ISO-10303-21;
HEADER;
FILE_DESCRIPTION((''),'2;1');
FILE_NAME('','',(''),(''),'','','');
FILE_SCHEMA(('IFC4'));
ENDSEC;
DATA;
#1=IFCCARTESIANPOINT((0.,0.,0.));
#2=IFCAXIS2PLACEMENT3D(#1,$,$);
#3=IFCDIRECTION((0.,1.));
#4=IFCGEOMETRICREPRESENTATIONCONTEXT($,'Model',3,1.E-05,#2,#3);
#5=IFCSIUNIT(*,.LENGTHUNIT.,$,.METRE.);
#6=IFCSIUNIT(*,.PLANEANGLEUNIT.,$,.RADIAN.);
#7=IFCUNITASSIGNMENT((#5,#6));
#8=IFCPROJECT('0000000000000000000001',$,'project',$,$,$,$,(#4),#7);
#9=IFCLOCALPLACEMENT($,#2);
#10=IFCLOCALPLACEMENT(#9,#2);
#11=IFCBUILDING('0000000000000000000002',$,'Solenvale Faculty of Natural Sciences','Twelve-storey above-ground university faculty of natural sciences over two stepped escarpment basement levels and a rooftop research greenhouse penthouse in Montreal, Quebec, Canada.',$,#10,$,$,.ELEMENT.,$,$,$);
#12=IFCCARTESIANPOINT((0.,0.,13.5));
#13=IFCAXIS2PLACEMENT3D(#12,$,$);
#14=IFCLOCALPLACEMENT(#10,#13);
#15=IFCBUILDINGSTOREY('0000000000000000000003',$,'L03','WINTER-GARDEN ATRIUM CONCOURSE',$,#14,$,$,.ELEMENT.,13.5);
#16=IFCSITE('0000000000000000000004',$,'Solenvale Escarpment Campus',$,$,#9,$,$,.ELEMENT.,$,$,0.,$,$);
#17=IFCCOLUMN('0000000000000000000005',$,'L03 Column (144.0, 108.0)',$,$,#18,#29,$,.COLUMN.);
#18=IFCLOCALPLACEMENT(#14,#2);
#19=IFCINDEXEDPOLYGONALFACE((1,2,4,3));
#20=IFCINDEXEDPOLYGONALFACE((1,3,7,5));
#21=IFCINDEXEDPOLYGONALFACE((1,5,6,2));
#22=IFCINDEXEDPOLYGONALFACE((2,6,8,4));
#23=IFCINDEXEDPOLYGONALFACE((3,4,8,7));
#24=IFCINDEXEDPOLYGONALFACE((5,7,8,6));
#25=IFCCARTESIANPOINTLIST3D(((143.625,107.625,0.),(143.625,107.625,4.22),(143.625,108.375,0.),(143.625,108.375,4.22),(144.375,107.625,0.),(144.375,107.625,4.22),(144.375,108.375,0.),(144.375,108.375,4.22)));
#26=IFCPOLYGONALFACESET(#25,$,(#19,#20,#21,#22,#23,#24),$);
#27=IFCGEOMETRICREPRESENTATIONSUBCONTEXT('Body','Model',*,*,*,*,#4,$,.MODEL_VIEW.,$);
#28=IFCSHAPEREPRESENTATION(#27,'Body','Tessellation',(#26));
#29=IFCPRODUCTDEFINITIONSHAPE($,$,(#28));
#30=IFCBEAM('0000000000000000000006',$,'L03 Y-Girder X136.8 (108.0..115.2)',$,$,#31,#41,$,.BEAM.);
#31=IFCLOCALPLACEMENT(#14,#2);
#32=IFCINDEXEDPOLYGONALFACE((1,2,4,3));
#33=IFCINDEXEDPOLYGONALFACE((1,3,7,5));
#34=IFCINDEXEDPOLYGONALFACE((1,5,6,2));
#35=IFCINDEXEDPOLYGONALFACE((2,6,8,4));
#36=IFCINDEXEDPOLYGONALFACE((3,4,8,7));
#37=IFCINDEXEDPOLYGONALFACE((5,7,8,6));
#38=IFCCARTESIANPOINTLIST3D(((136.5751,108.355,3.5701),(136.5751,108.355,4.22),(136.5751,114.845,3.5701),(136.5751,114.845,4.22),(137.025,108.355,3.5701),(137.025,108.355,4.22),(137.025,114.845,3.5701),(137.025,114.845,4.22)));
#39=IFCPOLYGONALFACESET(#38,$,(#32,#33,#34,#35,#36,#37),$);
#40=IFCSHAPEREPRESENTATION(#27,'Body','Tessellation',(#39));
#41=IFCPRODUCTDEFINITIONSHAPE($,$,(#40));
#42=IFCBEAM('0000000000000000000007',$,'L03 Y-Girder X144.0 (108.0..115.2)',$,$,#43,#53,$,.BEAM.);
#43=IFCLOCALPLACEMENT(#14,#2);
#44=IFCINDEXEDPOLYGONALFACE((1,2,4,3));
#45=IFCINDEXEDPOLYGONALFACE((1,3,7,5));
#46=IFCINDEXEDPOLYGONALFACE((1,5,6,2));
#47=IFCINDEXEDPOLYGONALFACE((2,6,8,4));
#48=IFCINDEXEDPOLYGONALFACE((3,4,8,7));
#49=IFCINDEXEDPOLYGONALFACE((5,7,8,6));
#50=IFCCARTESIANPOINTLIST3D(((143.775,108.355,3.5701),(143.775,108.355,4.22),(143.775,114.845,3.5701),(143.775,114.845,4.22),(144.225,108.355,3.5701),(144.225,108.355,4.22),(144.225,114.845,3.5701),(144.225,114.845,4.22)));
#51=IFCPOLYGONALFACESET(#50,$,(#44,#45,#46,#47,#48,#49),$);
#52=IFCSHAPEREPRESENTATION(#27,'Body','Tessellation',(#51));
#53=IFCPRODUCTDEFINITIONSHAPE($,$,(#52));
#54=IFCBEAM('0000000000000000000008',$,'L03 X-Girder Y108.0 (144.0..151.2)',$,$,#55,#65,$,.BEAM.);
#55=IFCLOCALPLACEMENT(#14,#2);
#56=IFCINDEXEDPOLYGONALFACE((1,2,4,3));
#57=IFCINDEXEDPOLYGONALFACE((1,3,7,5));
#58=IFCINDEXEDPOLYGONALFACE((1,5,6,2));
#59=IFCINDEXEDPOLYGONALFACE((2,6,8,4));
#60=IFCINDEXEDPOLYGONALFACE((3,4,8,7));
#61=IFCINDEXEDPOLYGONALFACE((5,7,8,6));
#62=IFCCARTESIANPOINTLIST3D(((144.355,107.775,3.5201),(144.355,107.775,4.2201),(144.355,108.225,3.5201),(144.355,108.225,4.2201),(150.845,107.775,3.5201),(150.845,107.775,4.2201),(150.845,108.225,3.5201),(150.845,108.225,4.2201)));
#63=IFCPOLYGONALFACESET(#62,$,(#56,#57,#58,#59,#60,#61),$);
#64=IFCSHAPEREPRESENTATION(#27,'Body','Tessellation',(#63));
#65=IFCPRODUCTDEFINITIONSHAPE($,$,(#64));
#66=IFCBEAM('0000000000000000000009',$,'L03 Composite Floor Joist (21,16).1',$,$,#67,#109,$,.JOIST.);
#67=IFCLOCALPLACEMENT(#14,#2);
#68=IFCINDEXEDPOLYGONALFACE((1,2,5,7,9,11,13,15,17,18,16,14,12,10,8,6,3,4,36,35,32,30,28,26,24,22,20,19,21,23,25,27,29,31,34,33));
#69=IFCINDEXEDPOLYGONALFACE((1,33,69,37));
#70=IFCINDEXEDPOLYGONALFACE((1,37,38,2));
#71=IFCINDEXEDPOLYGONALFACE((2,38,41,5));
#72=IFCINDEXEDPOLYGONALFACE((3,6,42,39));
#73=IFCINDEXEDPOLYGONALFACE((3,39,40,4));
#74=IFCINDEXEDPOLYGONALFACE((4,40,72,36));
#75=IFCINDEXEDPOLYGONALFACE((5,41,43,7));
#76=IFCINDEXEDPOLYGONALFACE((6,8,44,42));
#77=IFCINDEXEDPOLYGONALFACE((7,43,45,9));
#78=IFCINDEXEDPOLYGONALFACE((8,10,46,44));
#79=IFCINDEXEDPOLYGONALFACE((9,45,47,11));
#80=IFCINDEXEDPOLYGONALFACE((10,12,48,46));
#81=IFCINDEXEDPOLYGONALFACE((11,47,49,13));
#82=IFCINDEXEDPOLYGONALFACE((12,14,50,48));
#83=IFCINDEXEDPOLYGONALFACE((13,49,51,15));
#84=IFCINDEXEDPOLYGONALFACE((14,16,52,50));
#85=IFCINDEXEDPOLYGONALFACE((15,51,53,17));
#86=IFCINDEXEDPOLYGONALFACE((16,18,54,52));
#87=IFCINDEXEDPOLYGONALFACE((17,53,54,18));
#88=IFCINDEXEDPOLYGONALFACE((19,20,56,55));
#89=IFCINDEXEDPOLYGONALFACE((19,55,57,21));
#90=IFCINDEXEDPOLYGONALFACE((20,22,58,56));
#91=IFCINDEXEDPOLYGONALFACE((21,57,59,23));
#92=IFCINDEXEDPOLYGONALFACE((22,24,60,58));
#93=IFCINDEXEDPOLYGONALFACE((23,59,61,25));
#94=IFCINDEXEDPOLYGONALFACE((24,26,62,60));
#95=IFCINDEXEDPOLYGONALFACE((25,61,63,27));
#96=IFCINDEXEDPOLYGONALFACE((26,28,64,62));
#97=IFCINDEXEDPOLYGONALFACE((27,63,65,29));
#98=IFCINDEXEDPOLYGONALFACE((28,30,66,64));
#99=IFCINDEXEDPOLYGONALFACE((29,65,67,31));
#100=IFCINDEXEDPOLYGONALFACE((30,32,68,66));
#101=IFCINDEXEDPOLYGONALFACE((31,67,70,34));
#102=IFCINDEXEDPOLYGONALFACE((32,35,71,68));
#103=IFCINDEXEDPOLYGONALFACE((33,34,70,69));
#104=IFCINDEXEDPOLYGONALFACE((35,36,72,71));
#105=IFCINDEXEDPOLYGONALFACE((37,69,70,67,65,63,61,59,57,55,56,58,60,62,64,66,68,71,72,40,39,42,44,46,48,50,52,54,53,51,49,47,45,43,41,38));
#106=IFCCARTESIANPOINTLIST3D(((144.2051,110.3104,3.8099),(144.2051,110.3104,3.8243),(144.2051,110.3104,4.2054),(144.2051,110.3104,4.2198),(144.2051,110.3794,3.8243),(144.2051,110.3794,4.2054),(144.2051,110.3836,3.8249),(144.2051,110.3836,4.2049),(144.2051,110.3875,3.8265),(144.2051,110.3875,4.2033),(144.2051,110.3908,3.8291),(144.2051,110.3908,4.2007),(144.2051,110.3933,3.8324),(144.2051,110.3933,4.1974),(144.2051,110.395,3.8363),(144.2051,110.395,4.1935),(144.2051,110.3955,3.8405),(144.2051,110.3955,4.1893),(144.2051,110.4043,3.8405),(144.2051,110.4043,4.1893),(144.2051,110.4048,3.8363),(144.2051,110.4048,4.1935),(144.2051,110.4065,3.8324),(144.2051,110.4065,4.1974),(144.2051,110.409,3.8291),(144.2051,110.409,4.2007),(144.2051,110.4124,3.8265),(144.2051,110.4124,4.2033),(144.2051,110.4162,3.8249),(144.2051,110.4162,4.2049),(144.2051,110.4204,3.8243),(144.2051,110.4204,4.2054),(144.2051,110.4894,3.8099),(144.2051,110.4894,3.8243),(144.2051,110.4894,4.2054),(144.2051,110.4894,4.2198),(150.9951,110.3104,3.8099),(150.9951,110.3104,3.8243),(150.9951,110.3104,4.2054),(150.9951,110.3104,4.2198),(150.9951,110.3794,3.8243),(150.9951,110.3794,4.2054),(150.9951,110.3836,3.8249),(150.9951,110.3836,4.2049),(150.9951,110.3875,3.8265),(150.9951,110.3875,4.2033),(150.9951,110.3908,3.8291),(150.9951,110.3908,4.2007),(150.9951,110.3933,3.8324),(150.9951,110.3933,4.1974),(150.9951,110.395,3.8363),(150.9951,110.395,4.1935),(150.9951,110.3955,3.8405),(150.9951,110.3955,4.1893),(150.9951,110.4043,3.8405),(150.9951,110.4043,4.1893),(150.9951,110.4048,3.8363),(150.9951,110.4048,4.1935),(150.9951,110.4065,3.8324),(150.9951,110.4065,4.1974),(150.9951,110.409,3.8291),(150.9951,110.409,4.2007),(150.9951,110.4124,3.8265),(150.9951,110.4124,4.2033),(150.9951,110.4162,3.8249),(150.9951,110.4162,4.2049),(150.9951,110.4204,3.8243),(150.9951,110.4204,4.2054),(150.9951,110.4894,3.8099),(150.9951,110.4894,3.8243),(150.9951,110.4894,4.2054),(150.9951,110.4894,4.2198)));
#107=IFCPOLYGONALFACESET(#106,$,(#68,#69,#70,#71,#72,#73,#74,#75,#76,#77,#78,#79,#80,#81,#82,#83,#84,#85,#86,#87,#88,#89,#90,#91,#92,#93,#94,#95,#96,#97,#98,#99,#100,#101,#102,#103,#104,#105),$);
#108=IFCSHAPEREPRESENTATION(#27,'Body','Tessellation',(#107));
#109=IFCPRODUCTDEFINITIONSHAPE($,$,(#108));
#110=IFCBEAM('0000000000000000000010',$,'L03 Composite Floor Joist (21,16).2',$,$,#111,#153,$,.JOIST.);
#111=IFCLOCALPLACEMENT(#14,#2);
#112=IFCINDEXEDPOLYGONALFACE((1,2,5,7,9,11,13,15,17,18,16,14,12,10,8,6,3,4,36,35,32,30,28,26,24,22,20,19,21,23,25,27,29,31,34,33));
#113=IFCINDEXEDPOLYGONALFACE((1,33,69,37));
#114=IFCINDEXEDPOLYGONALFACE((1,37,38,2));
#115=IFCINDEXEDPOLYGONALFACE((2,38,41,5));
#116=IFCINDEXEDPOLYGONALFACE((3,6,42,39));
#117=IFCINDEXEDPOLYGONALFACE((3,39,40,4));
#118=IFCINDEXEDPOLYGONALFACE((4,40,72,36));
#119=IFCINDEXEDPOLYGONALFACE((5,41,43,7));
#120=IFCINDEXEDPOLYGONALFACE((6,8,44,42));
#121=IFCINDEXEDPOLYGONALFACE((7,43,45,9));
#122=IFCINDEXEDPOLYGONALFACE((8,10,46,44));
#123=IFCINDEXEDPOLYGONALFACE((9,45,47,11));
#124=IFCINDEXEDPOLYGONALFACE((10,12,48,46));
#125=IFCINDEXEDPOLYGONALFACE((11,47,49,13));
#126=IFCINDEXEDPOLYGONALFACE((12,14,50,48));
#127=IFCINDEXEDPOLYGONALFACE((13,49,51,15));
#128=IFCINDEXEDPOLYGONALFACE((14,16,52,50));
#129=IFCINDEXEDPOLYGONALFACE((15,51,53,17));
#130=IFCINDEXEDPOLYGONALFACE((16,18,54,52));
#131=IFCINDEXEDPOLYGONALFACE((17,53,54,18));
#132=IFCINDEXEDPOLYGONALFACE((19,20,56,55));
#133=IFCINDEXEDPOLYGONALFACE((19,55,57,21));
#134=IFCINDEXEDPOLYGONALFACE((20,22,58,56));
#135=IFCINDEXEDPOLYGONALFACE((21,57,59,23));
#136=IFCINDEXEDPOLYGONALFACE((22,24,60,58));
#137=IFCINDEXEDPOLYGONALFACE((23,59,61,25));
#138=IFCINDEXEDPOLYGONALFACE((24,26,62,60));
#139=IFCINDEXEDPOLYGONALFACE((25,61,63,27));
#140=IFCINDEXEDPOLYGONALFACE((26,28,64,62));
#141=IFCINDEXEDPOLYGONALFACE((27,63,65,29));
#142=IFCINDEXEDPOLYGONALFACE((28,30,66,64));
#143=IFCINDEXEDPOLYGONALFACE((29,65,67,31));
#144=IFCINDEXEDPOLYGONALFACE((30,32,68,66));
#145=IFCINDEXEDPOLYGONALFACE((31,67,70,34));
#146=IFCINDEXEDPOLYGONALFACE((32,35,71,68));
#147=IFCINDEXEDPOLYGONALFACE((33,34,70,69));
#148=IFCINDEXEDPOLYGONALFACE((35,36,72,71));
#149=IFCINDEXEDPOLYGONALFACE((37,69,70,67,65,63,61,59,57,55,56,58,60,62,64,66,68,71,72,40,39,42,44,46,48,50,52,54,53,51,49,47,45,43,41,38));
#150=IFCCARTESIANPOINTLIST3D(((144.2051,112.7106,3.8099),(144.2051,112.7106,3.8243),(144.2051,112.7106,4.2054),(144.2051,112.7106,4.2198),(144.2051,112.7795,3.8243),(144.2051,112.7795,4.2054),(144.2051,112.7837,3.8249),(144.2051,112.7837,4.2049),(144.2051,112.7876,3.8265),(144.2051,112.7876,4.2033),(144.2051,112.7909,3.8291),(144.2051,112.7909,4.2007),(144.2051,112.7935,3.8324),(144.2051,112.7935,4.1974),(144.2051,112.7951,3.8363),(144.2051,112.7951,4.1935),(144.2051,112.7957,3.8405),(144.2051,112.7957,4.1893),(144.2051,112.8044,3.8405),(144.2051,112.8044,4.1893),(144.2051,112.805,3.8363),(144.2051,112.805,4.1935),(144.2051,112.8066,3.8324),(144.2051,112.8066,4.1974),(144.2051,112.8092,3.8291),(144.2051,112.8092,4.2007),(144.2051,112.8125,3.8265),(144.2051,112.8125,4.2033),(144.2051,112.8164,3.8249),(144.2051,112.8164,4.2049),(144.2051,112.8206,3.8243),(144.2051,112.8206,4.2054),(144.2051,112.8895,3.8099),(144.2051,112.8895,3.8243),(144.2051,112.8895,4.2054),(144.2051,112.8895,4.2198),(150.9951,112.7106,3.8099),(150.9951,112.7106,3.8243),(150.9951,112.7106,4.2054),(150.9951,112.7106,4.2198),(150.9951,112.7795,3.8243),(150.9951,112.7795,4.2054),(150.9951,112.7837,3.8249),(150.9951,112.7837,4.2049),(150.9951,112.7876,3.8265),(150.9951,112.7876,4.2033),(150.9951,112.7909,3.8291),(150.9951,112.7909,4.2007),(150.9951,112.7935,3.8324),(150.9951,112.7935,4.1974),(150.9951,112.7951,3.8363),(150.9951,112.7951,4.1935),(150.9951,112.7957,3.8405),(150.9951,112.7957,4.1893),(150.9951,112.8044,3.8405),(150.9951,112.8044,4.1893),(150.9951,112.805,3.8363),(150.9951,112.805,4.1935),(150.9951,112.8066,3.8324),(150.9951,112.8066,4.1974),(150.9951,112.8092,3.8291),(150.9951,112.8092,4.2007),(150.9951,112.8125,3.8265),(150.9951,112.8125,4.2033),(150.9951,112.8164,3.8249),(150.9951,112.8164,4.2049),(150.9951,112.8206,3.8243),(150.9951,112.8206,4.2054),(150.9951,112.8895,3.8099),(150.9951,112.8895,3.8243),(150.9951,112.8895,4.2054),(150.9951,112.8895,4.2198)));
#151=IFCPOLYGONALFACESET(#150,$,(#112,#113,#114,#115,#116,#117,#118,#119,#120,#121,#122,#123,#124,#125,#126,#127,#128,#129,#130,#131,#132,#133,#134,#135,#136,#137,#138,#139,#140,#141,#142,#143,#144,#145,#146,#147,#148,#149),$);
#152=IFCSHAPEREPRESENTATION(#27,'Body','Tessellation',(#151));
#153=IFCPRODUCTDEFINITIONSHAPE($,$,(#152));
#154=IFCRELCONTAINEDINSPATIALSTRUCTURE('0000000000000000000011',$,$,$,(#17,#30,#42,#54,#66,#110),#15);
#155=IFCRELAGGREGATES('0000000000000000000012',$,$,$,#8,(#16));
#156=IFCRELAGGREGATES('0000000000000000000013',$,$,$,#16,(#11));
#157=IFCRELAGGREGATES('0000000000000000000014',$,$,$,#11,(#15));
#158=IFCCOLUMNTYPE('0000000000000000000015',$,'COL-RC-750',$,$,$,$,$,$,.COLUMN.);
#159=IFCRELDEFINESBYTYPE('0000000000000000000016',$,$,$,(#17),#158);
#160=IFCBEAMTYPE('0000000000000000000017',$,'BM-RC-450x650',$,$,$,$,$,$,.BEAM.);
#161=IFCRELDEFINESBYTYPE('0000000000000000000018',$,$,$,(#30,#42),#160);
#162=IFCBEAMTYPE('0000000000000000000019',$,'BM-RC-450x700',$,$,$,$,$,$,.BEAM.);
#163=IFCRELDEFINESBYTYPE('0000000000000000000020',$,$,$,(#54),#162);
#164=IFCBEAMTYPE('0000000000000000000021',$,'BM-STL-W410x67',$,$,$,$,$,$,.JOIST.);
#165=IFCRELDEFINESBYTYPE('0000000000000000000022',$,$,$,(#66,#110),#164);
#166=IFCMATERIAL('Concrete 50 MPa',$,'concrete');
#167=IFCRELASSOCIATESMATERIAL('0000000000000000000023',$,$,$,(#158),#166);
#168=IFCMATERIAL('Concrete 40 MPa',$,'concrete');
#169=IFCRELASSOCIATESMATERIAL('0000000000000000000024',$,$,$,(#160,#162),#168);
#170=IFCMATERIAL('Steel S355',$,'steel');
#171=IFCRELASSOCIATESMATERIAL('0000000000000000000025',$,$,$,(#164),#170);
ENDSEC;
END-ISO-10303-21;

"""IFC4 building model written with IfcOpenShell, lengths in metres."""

from ifc_helpers import new_model, si_unit, direction, frame, origin, origin_2d, place, context, subcontext, project, spatial, rectangle, i_section, extrude, material, material_profile, profile_set, type_object, element, save


model = new_model("IFC4")

# Units and contexts
model_context = context("Model", 3, precision=1e-05, world=origin(), true_north=direction((0.0, 1.0)))
body_context = subcontext(model_context, "Body", "Model", "MODEL_VIEW")
ifc_project = project(units=[si_unit("LENGTHUNIT", "METRE"), si_unit("PLANEANGLEUNIT", "RADIAN")], contexts=[model_context])

# Site, building, storey
site_placement = place(None, origin())
site = spatial("IfcSite", under=ifc_project, at=site_placement, Name="Solenvale Escarpment Campus", CompositionType="ELEMENT", RefElevation=0.0)
building_placement = place(site_placement, origin())
building = spatial("IfcBuilding", under=site, at=building_placement, Name="Solenvale Faculty of Natural Sciences", Description="Twelve-storey above-ground university faculty of natural sciences over two stepped escarpment basement levels and a rooftop research greenhouse penthouse in Montreal, Quebec, Canada.", CompositionType="ELEMENT")
storey_placement = place(building_placement, frame((0.0, 0.0, 13.5)))
storey = spatial("IfcBuildingStorey", under=building, at=storey_placement, Name="L03", Description="WINTER-GARDEN ATRIUM CONCOURSE", CompositionType="ELEMENT", Elevation=13.5)

# Column
ifc_material_1 = material(Name="Concrete 50 MPa", Category="concrete")
ifc_material_profile_1 = material_profile(ifc_material_1, rectangle(XDim=0.75, YDim=0.75, at=origin_2d()), Name="RC-COL-750x750")
ifc_profile_set_1 = profile_set([ifc_material_profile_1], Name="Concrete 50 MPa")
column_type = type_object("IfcColumnType", Name="COL-RC-750", PredefinedType="COLUMN", material=ifc_profile_set_1)
column_placement = place(storey_placement, frame((144.0, 108.0, 0.0), z_axis=(0.0, 0.0, 1.0), x_axis=(1.0, 0.0, 0.0)))
element("IfcColumn", 1, at=column_placement, inside=storey, type_object=column_type, Name="L03 Column (144.0, 108.0)", PredefinedType="COLUMN", context=body_context, shape_type="SweptSolid", body=[
    extrude(rectangle(XDim=0.75, YDim=0.75, at=origin_2d()), origin(), (0.0, 0.0, 1.0), 4.22),
])

# Beams
ifc_material_2 = material(Name="Concrete 40 MPa", Category="concrete")
ifc_material_profile_2 = material_profile(ifc_material_2, rectangle(XDim=0.45, YDim=0.6499, at=origin_2d()), Name="RC-BM-450x650")
ifc_profile_set_2 = profile_set([ifc_material_profile_2], Name="Concrete 40 MPa")
beam_type_1 = type_object("IfcBeamType", Name="BM-RC-450x650", PredefinedType="BEAM", material=ifc_profile_set_2)
for number, where, z_axis, x_axis, name in (
    (2, (136.8, 108.355, 3.895), (0.0, 1.0, 0.0), (-1.0, 0.0, 0.0), "L03 Y-Girder X136.8 (108.0..115.2)"),
    (3, (144.0, 108.355, 3.895), (0.0, 1.0, 0.0), (-1.0, 0.0, 0.0), "L03 Y-Girder X144.0 (108.0..115.2)"),
):
    element("IfcBeam", number, at=place(storey_placement, frame(where, z_axis=z_axis, x_axis=x_axis)), inside=storey, type_object=beam_type_1, Name=name, PredefinedType="BEAM", context=body_context, shape_type="SweptSolid", body=[
        extrude(rectangle(XDim=0.45, YDim=0.6499, at=origin_2d()), origin(), (0.0, 0.0, 1.0), 6.49),
    ])
ifc_material_profile_3 = material_profile(ifc_material_2, rectangle(XDim=0.45, YDim=0.7, at=origin_2d()), Name="RC-BM-450x700")
ifc_profile_set_3 = profile_set([ifc_material_profile_3], Name="Concrete 40 MPa")
beam_type_2 = type_object("IfcBeamType", Name="BM-RC-450x700", PredefinedType="BEAM", material=ifc_profile_set_3)
beam_placement = place(storey_placement, frame((144.355, 108.0, 3.8701), z_axis=(1.0, 0.0, 0.0), x_axis=(0.0, 1.0, 0.0)))
element("IfcBeam", 4, at=beam_placement, inside=storey, type_object=beam_type_2, Name="L03 X-Girder Y108.0 (144.0..151.2)", PredefinedType="BEAM", context=body_context, shape_type="SweptSolid", body=[
    extrude(rectangle(XDim=0.45, YDim=0.7, at=origin_2d()), origin(), (0.0, 0.0, 1.0), 6.49),
])
ifc_material_3 = material(Name="Steel S355", Category="steel")
ifc_material_profile_4 = material_profile(ifc_material_3, i_section(OverallWidth=0.179, OverallDepth=0.4099, WebThickness=0.0088, FlangeThickness=0.0144, FilletRadius=0.0161, at=origin_2d()), Name="W410x67")
ifc_profile_set_4 = profile_set([ifc_material_profile_4], Name="Steel S355")
beam_type_3 = type_object("IfcBeamType", Name="BM-STL-W410x67", PredefinedType="JOIST", material=ifc_profile_set_4)
for number, where, z_axis, x_axis, name in (
    (5, (144.2051, 110.3999, 4.0149), (1.0, 0.0, 0.0), (0.0, 1.0, 0.0), "L03 Composite Floor Joist (21,16).1"),
    (6, (144.2051, 112.8, 4.0149), (1.0, 0.0, 0.0), (0.0, 1.0, 0.0), "L03 Composite Floor Joist (21,16).2"),
):
    element("IfcBeam", number, at=place(storey_placement, frame(where, z_axis=z_axis, x_axis=x_axis)), inside=storey, type_object=beam_type_3, Name=name, PredefinedType="JOIST", context=body_context, shape_type="SweptSolid", body=[
        extrude(i_section(OverallWidth=0.179, OverallDepth=0.4099, WebThickness=0.0088, FlangeThickness=0.0144, FilletRadius=0.0161, at=origin_2d()), origin(), (0.0, 0.0, 1.0), 6.79),
    ])

save(model, "model.ifc")
